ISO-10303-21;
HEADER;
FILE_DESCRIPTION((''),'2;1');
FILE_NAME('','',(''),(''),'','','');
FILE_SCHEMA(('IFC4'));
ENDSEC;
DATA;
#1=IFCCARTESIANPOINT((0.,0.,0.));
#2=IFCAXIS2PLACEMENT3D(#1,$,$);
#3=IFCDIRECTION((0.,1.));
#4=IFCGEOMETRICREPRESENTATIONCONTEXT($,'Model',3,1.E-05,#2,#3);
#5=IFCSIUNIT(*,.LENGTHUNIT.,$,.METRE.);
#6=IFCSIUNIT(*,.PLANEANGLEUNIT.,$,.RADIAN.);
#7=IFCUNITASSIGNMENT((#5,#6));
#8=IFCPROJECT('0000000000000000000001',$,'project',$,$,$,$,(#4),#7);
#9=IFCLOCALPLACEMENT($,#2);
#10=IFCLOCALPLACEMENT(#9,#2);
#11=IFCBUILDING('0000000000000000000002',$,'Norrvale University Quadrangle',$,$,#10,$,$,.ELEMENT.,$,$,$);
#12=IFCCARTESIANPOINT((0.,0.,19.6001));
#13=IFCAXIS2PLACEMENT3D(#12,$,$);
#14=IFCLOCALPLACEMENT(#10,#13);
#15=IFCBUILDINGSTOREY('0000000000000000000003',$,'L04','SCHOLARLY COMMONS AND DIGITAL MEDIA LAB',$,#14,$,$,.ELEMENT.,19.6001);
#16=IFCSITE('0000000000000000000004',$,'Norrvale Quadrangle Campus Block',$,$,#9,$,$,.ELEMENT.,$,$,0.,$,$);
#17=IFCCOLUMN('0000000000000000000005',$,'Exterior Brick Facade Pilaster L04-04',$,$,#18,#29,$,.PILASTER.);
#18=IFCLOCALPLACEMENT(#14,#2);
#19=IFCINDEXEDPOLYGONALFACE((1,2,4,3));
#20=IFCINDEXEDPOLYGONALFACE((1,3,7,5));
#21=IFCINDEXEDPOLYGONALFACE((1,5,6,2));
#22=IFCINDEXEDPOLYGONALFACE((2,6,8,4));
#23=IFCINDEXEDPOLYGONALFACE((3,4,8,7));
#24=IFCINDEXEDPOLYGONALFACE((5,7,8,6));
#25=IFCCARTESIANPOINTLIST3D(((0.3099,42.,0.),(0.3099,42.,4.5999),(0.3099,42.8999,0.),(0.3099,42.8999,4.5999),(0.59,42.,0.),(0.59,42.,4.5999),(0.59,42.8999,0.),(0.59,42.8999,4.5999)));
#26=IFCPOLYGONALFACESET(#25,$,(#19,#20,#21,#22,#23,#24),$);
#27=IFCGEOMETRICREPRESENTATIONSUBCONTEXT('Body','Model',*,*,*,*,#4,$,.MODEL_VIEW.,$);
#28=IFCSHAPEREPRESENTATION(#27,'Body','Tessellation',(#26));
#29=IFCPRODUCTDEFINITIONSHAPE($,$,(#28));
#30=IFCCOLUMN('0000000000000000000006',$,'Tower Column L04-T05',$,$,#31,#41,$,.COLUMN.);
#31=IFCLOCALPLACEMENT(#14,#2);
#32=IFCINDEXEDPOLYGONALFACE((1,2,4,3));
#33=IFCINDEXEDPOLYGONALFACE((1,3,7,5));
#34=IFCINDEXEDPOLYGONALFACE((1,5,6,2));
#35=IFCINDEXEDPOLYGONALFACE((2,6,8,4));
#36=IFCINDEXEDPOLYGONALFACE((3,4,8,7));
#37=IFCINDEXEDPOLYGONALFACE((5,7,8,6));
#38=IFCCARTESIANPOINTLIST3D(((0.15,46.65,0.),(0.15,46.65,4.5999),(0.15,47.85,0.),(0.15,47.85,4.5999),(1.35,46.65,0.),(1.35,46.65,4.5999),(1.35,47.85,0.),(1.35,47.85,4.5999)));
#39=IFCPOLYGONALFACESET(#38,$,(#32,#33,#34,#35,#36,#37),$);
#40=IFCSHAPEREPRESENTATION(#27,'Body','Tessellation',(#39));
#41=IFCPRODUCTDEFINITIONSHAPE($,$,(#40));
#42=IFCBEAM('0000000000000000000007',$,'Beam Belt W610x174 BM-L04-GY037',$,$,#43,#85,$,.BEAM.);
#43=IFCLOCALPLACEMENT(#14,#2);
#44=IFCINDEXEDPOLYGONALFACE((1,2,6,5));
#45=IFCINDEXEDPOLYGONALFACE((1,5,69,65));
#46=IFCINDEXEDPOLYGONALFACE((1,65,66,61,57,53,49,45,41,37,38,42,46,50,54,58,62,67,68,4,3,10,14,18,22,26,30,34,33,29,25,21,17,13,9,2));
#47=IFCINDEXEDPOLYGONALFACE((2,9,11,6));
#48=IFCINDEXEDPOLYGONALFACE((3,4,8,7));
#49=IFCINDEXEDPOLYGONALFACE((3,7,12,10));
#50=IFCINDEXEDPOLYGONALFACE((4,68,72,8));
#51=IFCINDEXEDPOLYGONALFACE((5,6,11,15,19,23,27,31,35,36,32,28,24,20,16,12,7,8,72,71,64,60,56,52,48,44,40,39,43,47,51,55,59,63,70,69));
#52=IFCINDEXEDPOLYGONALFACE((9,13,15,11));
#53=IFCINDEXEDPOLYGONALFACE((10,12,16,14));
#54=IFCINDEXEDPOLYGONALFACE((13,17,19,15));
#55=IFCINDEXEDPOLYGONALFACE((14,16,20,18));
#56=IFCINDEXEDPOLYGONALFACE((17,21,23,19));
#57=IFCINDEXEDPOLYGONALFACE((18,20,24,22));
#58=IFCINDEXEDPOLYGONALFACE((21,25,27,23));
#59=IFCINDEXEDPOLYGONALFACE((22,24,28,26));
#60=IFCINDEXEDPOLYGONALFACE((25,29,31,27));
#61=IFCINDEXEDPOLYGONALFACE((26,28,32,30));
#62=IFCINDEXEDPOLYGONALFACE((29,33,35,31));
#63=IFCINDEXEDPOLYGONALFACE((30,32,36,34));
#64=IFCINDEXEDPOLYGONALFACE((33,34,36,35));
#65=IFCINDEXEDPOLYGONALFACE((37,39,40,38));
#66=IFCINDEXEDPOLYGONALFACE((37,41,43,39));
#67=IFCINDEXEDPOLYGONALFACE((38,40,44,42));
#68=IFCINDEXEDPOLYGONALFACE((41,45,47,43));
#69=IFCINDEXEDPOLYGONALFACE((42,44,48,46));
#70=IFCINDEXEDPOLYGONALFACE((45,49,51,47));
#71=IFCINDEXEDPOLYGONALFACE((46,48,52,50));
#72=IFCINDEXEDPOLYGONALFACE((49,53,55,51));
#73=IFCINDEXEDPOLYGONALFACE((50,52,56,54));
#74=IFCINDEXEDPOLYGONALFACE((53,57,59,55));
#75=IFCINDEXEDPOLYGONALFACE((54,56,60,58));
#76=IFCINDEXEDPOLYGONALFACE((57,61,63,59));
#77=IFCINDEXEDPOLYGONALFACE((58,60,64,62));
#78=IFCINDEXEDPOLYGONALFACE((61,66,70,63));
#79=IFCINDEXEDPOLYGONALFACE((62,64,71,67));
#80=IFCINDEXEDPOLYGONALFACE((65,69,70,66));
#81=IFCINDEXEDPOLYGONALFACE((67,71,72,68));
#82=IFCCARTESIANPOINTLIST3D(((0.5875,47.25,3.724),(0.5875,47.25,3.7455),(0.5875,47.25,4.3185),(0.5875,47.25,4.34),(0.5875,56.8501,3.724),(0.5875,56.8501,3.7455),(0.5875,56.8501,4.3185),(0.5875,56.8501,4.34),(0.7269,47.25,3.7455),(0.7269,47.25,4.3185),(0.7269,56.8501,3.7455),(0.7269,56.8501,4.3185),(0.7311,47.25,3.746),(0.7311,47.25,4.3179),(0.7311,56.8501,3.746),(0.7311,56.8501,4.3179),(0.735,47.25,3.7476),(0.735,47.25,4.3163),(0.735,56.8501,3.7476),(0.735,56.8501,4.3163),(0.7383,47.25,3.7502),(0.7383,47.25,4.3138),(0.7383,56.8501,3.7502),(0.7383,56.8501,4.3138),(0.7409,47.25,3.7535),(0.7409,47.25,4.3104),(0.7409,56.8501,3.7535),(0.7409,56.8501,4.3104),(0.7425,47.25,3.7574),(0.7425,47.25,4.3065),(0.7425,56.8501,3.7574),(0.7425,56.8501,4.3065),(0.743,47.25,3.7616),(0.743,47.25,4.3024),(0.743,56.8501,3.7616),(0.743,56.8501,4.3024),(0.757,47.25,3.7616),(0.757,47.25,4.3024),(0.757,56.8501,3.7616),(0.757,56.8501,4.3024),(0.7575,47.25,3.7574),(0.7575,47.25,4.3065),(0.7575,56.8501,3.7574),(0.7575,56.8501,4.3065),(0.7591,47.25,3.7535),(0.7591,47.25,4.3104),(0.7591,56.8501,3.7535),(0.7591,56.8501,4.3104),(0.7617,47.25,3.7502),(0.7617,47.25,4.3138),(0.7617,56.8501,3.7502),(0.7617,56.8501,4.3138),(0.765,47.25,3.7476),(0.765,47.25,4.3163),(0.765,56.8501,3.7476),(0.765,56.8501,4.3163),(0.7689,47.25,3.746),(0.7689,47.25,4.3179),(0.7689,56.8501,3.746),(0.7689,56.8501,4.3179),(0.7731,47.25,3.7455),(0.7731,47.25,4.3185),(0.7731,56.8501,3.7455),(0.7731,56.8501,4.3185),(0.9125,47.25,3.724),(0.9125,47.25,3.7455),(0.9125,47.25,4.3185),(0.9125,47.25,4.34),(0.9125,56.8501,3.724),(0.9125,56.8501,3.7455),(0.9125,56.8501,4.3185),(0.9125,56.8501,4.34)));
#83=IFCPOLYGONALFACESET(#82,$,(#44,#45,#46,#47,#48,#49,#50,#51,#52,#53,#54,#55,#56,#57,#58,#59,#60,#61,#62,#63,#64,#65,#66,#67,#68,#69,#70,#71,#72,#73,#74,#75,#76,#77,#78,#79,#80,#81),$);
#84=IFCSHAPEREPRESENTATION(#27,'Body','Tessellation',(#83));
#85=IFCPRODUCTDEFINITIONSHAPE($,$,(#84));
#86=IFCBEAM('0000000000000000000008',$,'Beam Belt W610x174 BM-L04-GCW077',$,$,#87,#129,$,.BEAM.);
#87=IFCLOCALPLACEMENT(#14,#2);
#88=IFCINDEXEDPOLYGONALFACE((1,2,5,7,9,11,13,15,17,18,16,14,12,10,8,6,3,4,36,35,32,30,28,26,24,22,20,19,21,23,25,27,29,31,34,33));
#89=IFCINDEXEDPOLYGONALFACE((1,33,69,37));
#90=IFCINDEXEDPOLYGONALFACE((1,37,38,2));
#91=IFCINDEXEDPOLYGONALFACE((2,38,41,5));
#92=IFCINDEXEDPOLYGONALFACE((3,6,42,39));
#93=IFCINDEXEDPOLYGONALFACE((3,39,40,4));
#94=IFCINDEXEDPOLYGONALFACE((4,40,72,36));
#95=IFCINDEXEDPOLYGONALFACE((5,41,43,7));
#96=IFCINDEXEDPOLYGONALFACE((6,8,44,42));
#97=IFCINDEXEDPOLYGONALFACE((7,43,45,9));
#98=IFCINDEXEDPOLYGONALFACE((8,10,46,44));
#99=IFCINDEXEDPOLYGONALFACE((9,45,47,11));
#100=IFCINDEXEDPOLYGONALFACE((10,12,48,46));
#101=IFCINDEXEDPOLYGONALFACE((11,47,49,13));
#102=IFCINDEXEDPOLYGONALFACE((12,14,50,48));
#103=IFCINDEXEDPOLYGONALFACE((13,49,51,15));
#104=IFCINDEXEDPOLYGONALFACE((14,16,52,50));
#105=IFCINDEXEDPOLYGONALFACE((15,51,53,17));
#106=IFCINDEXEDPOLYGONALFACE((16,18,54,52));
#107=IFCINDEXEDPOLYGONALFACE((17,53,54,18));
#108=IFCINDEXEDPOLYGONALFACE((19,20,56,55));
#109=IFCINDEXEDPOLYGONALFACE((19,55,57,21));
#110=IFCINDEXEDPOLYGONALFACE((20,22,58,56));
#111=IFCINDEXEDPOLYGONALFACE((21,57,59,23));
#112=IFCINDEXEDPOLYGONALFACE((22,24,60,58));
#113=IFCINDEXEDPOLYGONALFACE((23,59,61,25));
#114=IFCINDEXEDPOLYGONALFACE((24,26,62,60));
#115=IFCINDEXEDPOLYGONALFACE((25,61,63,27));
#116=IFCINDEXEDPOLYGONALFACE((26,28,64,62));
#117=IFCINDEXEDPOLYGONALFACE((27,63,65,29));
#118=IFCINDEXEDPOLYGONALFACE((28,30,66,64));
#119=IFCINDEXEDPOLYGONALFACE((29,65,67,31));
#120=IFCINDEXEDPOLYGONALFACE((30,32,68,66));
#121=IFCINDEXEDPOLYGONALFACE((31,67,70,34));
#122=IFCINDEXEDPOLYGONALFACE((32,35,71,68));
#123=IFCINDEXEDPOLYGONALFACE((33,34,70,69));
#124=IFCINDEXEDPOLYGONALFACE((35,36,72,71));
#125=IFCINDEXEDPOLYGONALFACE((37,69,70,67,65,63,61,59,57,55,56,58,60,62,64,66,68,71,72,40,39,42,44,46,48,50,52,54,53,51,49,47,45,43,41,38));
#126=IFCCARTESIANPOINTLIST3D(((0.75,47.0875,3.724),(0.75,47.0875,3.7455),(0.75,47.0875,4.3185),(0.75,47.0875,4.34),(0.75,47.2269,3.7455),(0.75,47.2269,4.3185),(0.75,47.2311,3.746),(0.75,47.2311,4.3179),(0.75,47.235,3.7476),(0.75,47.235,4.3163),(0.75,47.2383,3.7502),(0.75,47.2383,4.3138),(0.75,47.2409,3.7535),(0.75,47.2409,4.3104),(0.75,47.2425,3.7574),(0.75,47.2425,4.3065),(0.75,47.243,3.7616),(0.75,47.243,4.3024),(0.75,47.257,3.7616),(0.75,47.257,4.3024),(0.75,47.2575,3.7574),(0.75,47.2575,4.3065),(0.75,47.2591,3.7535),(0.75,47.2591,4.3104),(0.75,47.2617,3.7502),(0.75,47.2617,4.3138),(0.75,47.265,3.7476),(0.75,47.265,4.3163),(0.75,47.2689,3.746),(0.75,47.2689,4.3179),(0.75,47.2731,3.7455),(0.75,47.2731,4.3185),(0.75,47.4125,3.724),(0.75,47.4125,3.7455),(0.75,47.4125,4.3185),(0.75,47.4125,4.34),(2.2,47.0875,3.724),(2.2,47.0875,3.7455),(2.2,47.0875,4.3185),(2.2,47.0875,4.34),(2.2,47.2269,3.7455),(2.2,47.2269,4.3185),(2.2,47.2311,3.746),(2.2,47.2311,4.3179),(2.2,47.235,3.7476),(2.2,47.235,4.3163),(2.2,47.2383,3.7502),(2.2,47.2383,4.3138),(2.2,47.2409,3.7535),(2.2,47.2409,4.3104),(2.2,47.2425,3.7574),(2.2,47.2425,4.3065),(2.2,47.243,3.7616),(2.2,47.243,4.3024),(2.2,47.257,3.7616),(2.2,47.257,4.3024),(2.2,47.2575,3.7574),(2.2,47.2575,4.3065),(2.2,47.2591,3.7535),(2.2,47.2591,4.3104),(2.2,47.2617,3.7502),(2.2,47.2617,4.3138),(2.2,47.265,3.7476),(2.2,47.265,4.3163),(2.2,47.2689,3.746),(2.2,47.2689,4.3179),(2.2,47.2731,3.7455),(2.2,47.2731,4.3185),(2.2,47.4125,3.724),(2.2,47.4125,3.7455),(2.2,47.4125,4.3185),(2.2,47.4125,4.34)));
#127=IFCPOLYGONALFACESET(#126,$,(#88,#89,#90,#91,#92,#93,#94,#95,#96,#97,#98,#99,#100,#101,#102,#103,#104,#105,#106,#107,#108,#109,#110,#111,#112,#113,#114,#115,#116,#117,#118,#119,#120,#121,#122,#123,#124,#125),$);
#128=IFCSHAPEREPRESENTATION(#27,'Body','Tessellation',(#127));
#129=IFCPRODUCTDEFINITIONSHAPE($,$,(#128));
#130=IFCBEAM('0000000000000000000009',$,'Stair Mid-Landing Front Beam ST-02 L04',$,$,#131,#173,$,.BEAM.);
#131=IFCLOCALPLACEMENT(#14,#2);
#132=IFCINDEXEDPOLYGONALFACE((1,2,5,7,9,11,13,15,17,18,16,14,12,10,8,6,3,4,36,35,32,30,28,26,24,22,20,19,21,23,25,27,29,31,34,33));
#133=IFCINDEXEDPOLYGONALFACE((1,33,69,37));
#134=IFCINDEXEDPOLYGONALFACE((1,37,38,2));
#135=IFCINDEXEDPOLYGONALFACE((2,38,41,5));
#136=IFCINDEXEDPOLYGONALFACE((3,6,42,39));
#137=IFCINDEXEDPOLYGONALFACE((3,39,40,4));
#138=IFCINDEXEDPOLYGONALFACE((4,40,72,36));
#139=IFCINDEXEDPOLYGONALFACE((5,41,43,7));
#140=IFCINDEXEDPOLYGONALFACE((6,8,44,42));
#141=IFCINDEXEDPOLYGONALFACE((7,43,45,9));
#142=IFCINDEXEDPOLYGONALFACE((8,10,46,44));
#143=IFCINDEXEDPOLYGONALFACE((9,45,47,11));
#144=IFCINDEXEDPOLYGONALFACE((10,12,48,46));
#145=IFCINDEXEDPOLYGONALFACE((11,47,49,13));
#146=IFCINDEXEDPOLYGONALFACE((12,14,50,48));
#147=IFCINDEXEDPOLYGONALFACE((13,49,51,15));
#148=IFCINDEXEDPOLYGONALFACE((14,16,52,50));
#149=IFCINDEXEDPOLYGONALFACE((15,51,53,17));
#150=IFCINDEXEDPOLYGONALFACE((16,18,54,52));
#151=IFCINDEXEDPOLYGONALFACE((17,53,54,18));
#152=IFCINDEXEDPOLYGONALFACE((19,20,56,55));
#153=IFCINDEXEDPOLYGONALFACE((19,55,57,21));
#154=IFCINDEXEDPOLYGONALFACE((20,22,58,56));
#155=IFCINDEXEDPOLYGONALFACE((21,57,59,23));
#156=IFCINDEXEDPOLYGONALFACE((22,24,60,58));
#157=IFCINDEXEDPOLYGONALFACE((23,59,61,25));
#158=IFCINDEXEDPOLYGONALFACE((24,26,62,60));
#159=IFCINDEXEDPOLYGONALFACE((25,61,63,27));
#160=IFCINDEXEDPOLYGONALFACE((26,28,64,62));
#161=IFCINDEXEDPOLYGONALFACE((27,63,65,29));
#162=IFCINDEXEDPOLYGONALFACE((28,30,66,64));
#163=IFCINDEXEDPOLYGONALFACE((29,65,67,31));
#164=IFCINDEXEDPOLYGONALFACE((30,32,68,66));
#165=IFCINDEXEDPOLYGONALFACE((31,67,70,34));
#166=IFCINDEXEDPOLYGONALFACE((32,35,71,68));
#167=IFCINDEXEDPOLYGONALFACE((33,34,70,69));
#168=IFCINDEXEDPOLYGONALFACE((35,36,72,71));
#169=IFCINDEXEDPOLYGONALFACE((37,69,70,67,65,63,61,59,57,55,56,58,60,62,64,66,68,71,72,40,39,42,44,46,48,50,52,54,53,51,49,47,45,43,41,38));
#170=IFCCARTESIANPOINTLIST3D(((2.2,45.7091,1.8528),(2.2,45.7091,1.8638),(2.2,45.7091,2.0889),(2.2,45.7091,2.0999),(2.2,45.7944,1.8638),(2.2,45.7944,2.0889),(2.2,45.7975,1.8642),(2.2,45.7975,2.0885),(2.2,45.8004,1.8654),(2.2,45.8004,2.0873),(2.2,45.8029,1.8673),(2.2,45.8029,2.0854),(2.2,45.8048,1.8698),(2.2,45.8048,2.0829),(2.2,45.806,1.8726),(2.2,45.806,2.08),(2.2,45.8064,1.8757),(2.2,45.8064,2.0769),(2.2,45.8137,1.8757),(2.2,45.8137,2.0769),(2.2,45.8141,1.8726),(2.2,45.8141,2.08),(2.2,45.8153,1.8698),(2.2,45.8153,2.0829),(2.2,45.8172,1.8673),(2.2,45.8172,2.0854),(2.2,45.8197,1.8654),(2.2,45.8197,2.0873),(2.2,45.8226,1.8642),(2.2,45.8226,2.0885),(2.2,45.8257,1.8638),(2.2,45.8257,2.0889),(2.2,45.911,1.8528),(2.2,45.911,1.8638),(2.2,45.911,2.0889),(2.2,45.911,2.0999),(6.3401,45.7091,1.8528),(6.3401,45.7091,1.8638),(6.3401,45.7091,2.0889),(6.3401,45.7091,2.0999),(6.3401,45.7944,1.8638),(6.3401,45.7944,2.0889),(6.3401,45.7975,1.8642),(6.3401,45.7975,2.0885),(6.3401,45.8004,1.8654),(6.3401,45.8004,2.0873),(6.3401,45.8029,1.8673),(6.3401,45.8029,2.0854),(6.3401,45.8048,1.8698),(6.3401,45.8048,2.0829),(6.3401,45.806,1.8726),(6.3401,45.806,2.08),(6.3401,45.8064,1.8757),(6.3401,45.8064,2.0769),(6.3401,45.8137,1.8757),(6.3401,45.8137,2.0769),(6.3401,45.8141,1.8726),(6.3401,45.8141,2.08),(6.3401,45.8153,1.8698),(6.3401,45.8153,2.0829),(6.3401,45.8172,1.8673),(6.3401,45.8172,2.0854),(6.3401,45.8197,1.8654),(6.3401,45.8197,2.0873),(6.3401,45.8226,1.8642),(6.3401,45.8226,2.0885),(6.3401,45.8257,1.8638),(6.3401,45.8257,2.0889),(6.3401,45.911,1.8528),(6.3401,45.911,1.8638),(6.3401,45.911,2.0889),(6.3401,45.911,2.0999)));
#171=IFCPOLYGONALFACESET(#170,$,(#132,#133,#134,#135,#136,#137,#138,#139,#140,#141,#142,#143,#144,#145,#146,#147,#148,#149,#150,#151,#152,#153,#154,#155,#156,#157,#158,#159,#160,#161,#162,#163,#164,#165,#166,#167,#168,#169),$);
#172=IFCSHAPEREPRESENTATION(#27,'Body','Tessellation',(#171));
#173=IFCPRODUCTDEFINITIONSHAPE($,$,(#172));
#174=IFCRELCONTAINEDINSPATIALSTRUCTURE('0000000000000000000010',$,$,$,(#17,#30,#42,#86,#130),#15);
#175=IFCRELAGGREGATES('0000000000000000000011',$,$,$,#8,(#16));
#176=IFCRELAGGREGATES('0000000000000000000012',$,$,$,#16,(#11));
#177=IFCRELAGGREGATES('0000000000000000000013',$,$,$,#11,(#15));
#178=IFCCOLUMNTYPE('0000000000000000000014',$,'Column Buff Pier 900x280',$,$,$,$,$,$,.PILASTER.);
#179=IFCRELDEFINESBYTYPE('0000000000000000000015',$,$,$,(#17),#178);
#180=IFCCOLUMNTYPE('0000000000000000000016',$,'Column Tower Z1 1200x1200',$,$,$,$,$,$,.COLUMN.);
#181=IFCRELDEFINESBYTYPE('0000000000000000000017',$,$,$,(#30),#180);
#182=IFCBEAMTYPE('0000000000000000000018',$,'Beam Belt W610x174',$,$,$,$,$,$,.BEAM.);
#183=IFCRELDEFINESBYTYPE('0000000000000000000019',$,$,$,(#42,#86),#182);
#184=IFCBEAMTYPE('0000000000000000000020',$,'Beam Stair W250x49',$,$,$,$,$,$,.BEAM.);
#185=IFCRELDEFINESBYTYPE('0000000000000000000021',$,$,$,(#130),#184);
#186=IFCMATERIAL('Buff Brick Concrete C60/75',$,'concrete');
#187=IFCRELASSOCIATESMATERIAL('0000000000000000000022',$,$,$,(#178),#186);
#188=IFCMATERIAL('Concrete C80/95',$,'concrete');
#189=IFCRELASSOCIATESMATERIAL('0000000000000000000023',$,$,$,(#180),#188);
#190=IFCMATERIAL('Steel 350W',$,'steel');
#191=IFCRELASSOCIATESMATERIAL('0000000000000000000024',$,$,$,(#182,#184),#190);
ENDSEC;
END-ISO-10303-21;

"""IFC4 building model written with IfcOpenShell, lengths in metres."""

from ifc_helpers import new_model, si_unit, direction, frame, origin, origin_2d, place, context, subcontext, project, spatial, rectangle, i_section, extrude, material, material_profile, profile_set, type_object, element, save


model = new_model("IFC4")

# Units and contexts
model_context = context("Model", 3, precision=1e-05, world=origin(), true_north=direction((0.0, 1.0)))
body_context = subcontext(model_context, "Body", "Model", "MODEL_VIEW")
ifc_project = project(units=[si_unit("LENGTHUNIT", "METRE"), si_unit("PLANEANGLEUNIT", "RADIAN")], contexts=[model_context])

# Site, building, storey
site_placement = place(None, origin())
site = spatial("IfcSite", under=ifc_project, at=site_placement, Name="Norrvale Quadrangle Campus Block", CompositionType="ELEMENT", RefElevation=0.0)
building_placement = place(site_placement, origin())
building = spatial("IfcBuilding", under=site, at=building_placement, Name="Norrvale University Quadrangle", CompositionType="ELEMENT")
storey_placement = place(building_placement, frame((0.0, 0.0, 19.6001)))
storey = spatial("IfcBuildingStorey", under=building, at=storey_placement, Name="L04", Description="SCHOLARLY COMMONS AND DIGITAL MEDIA LAB", CompositionType="ELEMENT", Elevation=19.6001)

# Columns
ifc_material_1 = material(Name="Buff Brick Concrete C60/75", Category="concrete")
ifc_material_profile_1 = material_profile(ifc_material_1, rectangle(XDim=0.8999, YDim=0.28, at=origin_2d()), Name="Buff Brick Concrete C60/75")
ifc_profile_set_1 = profile_set([ifc_material_profile_1], Name="Buff Brick Concrete C60/75")
column_type_1 = type_object("IfcColumnType", Name="Column Buff Pier 900x280", PredefinedType="PILASTER", material=ifc_profile_set_1)
column_1_placement = place(storey_placement, frame((0.45, 42.45, 0.0), z_axis=(0.0, 0.0, 1.0), x_axis=(0.0, 1.0, 0.0)))
element("IfcColumn", 1, at=column_1_placement, inside=storey, type_object=column_type_1, Name="Exterior Brick Facade Pilaster L04-04", PredefinedType="PILASTER", context=body_context, shape_type="SweptSolid", body=[
    extrude(rectangle(XDim=0.8999, YDim=0.28, at=origin_2d()), origin(), (0.0, 0.0, 1.0), 4.5999),
])
ifc_material_2 = material(Name="Concrete C80/95", Category="concrete")
ifc_material_profile_2 = material_profile(ifc_material_2, rectangle(XDim=1.2, YDim=1.2, at=origin_2d()), Name="Concrete C80/95")
ifc_profile_set_2 = profile_set([ifc_material_profile_2], Name="Concrete C80/95")
column_type_2 = type_object("IfcColumnType", Name="Column Tower Z1 1200x1200", PredefinedType="COLUMN", material=ifc_profile_set_2)
column_2_placement = place(storey_placement, frame((0.75, 47.25, 0.0), z_axis=(0.0, 0.0, 1.0), x_axis=(1.0, 0.0, 0.0)))
element("IfcColumn", 2, at=column_2_placement, inside=storey, type_object=column_type_2, Name="Tower Column L04-T05", PredefinedType="COLUMN", context=body_context, shape_type="SweptSolid", body=[
    extrude(rectangle(XDim=1.2, YDim=1.2, at=origin_2d()), origin(), (0.0, 0.0, 1.0), 4.5999),
])

# Beams
ifc_material_3 = material(Name="Steel 350W", Category="steel")
ifc_material_profile_3 = material_profile(ifc_material_3, i_section(OverallWidth=0.325, OverallDepth=0.616, WebThickness=0.0139, FlangeThickness=0.0215, FilletRadius=0.0161, at=origin_2d()), Name="Steel 350W")
ifc_profile_set_3 = profile_set([ifc_material_profile_3], Name="Steel 350W")
beam_type_1 = type_object("IfcBeamType", Name="Beam Belt W610x174", PredefinedType="BEAM", material=ifc_profile_set_3)
beam_1_placement = place(storey_placement, frame((0.75, 47.25, 4.032), z_axis=(0.0, 1.0, 0.0), x_axis=(-1.0, 0.0, 0.0)))
element("IfcBeam", 3, at=beam_1_placement, inside=storey, type_object=beam_type_1, Name="Beam Belt W610x174 BM-L04-GY037", PredefinedType="BEAM", context=body_context, shape_type="SweptSolid", body=[
    extrude(i_section(OverallWidth=0.325, OverallDepth=0.616, WebThickness=0.0139, FlangeThickness=0.0215, FilletRadius=0.0161, at=origin_2d()), origin(), (0.0, 0.0, 1.0), 9.6001),
])
beam_2_placement = place(storey_placement, frame((0.75, 47.25, 4.032), z_axis=(1.0, 0.0, 0.0), x_axis=(0.0, 1.0, 0.0)))
element("IfcBeam", 4, at=beam_2_placement, inside=storey, type_object=beam_type_1, Name="Beam Belt W610x174 BM-L04-GCW077", PredefinedType="BEAM", context=body_context, shape_type="SweptSolid", body=[
    extrude(i_section(OverallWidth=0.325, OverallDepth=0.616, WebThickness=0.0139, FlangeThickness=0.0215, FilletRadius=0.0161, at=origin_2d()), origin(), (0.0, 0.0, 1.0), 1.45),
])
ifc_material_profile_4 = material_profile(ifc_material_3, i_section(OverallWidth=0.2019, OverallDepth=0.2471, WebThickness=0.0073, FlangeThickness=0.011, FilletRadius=0.012, at=origin_2d()), Name="Steel 350W")
ifc_profile_set_4 = profile_set([ifc_material_profile_4], Name="Steel 350W")
beam_type_2 = type_object("IfcBeamType", Name="Beam Stair W250x49", PredefinedType="BEAM", material=ifc_profile_set_4)
beam_3_placement = place(storey_placement, frame((2.2, 45.8101, 1.9763), z_axis=(1.0, 0.0, 0.0), x_axis=(0.0, 1.0, 0.0)))
element("IfcBeam", 5, at=beam_3_placement, inside=storey, type_object=beam_type_2, Name="Stair Mid-Landing Front Beam ST-02 L04", PredefinedType="BEAM", context=body_context, shape_type="SweptSolid", body=[
    extrude(i_section(OverallWidth=0.2019, OverallDepth=0.2471, WebThickness=0.0073, FlangeThickness=0.011, FilletRadius=0.012, at=origin_2d()), origin(), (0.0, 0.0, 1.0), 4.1401),
])

save(model, "model.ifc")
